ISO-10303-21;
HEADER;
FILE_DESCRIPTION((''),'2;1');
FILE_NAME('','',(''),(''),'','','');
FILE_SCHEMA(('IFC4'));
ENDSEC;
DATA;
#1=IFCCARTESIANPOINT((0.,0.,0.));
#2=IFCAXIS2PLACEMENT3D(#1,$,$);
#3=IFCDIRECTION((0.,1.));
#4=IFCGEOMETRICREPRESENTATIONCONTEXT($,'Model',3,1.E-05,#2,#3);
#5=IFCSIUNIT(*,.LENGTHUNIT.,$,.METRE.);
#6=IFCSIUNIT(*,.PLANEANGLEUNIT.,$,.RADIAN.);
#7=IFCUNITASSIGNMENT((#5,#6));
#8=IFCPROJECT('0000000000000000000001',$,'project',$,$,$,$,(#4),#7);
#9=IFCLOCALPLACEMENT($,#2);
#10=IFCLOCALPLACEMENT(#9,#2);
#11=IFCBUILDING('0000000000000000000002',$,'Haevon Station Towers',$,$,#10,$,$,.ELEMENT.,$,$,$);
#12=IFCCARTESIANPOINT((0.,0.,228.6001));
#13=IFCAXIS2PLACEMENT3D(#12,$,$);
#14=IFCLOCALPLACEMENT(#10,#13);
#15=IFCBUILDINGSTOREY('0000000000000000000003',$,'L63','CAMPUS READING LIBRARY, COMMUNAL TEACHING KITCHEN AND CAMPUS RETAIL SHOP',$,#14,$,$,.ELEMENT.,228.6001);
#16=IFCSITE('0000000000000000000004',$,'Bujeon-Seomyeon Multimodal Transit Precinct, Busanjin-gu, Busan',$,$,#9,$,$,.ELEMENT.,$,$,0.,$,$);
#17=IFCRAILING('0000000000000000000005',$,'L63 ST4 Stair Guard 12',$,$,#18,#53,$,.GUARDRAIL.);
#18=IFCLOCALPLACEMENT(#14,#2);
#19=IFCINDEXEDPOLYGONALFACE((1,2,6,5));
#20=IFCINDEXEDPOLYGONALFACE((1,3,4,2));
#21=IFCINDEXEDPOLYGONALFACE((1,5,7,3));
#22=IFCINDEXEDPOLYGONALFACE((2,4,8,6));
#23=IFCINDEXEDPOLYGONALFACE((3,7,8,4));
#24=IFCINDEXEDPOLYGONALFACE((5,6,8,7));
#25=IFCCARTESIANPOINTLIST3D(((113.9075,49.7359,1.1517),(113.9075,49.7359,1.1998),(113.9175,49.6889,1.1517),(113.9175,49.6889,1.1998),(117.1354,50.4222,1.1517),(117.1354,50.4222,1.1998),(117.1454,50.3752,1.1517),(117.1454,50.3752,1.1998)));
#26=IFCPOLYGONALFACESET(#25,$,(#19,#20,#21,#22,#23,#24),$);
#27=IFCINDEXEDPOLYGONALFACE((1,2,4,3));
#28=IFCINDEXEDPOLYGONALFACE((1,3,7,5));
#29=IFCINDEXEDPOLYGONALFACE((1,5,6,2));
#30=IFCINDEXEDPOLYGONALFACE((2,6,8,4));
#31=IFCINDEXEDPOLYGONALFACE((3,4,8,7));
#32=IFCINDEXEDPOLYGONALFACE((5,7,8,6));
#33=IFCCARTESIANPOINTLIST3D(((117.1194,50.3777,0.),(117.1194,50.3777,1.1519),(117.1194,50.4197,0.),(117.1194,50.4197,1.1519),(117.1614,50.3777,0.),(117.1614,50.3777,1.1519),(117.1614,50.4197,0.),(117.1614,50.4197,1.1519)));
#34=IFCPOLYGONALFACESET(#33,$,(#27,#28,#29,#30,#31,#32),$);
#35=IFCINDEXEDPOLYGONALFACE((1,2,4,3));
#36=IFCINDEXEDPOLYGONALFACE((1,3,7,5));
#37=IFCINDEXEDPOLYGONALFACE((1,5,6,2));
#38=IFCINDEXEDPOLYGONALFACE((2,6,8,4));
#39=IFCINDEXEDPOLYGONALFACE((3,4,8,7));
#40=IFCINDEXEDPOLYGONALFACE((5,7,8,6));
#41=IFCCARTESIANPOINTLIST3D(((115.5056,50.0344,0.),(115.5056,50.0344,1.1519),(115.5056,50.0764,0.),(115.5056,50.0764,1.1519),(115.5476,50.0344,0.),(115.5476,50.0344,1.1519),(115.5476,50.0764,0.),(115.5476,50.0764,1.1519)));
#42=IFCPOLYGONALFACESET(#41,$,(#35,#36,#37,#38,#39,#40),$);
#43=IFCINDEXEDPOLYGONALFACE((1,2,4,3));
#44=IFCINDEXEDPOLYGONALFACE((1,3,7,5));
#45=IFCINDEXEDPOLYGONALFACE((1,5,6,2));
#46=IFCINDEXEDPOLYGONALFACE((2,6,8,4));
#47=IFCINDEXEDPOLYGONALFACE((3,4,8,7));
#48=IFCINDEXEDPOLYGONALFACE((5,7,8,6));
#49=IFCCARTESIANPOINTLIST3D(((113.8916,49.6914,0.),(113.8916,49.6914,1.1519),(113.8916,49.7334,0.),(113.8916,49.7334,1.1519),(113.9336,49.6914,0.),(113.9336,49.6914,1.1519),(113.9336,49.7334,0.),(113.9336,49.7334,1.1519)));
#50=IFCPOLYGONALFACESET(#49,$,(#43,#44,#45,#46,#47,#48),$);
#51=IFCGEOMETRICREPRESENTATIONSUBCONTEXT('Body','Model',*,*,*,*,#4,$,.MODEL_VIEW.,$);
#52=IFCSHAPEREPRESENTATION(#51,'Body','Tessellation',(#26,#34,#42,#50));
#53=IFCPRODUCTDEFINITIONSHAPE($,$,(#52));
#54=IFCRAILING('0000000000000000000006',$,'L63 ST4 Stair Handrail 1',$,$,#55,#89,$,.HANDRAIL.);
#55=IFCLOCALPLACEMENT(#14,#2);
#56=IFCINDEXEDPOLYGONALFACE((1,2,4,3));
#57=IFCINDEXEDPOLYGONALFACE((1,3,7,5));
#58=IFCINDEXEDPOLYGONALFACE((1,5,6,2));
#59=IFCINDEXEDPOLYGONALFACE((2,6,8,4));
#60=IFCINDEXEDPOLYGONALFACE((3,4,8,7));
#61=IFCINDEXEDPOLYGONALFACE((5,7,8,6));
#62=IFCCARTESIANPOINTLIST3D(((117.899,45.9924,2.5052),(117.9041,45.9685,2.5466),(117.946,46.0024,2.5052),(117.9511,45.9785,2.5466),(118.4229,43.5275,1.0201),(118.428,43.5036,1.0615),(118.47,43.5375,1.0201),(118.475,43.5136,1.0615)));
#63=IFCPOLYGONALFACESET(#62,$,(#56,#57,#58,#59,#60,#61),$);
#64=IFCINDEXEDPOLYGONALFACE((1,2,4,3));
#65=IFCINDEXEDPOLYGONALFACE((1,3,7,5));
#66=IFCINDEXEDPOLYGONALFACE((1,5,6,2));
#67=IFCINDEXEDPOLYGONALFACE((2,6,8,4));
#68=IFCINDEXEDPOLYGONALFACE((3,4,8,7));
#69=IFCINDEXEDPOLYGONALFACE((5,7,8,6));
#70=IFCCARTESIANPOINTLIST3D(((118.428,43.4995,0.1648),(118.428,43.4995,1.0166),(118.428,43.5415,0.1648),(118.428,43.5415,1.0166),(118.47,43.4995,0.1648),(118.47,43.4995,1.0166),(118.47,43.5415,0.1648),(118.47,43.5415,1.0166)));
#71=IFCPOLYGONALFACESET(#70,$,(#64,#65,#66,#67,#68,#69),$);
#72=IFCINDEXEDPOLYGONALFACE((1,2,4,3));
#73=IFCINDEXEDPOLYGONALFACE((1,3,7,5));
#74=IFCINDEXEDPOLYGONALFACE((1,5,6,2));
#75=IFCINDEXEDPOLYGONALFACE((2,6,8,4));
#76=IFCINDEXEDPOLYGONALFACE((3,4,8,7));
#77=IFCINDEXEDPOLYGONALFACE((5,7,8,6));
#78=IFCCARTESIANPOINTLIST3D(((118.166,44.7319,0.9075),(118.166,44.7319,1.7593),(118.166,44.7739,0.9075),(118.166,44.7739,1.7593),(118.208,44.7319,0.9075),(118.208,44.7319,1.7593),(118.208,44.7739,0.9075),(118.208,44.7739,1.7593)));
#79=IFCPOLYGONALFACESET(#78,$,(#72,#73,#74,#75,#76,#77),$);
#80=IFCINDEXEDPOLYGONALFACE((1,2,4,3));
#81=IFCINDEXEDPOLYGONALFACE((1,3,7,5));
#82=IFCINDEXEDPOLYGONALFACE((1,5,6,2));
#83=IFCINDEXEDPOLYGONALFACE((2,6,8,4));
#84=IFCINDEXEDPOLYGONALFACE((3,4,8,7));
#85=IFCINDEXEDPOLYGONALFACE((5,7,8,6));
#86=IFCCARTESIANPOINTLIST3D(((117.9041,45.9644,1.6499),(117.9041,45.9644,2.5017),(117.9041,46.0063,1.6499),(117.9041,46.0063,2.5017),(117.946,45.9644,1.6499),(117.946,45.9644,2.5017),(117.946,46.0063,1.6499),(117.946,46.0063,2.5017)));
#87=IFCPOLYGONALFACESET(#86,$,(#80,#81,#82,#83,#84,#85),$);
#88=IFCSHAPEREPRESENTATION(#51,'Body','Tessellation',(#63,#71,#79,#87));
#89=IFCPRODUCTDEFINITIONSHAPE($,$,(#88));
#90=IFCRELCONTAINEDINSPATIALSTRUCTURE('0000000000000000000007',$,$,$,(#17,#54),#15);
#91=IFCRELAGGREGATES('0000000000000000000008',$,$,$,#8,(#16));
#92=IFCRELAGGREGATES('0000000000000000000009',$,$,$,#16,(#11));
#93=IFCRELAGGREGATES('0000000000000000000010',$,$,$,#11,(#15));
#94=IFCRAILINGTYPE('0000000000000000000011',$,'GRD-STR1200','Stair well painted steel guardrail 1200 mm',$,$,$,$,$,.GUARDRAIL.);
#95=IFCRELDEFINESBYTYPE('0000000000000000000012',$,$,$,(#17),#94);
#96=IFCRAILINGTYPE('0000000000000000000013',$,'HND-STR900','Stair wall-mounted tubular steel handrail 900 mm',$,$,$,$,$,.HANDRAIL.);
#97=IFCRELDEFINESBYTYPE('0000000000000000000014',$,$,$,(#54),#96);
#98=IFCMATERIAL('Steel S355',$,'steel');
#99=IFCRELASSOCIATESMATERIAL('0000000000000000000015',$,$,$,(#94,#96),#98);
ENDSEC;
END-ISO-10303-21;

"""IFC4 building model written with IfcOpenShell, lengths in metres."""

from ifc_helpers import new_model, si_unit, direction, frame, origin, origin_2d, place, context, subcontext, project, spatial, rectangle, extrude, material, type_object, element, save


model = new_model("IFC4")

# Units and contexts
model_context = context("Model", 3, precision=1e-05, world=origin(), true_north=direction((0.0, 1.0)))
body_context = subcontext(model_context, "Body", "Model", "MODEL_VIEW")
ifc_project = project(units=[si_unit("LENGTHUNIT", "METRE"), si_unit("PLANEANGLEUNIT", "RADIAN")], contexts=[model_context])

# Site, building, storey
site_placement = place(None, origin())
site = spatial("IfcSite", under=ifc_project, at=site_placement, Name="Bujeon-Seomyeon Multimodal Transit Precinct, Busanjin-gu, Busan", CompositionType="ELEMENT", RefElevation=0.0)
building_placement = place(site_placement, origin())
building = spatial("IfcBuilding", under=site, at=building_placement, Name="Haevon Station Towers", CompositionType="ELEMENT")
storey_placement = place(building_placement, frame((0.0, 0.0, 228.6001)))
storey = spatial("IfcBuildingStorey", under=building, at=storey_placement, Name="L63", Description="CAMPUS READING LIBRARY, COMMUNAL TEACHING KITCHEN AND CAMPUS RETAIL SHOP", CompositionType="ELEMENT", Elevation=228.6001)

# Shared definitions
ifc_material_1 = material(Name="Steel S355", Category="steel")

# Railings
railing_type_1 = type_object("IfcRailingType", Name="GRD-STR1200", Description="Stair well painted steel guardrail 1200 mm", PredefinedType="GUARDRAIL", material=ifc_material_1)
railing_1_placement = place(storey_placement, frame((117.1404, 50.3987, 0.0)))
element("IfcRailing", 1, at=railing_1_placement, inside=storey, type_object=railing_type_1, Name="L63 ST4 Stair Guard 12", PredefinedType="GUARDRAIL", context=body_context, shape_type="SweptSolid", body=[
    extrude(rectangle(XDim=0.0481, YDim=0.0481, at=origin_2d()), frame((0.0, 0.0, 1.1758), z_axis=(-0.978136, -0.207968, 0.0), x_axis=(0.207968, -0.978136, 0.0)), (0.0, 0.0, 1.0), 3.3),
    extrude(rectangle(XDim=0.042, YDim=0.042, at=origin_2d()), origin(), (0.0, 0.0, 1.0), 1.1519),
    extrude(rectangle(XDim=0.042, YDim=0.042, at=origin_2d()), frame((-1.6138, -0.3433, 0.0)), (0.0, 0.0, 1.0), 1.1519),
    extrude(rectangle(XDim=0.042, YDim=0.042, at=origin_2d()), frame((-3.2278, -0.6863, 0.0)), (0.0, 0.0, 1.0), 1.1519),
])
railing_type_2 = type_object("IfcRailingType", Name="HND-STR900", Description="Stair wall-mounted tubular steel handrail 900 mm", PredefinedType="HANDRAIL", material=ifc_material_1)
railing_2_placement = place(storey_placement, frame((118.449, 43.5205, 0.1648)))
element("IfcRailing", 2, at=railing_2_placement, inside=storey, type_object=railing_type_2, Name="L63 ST4 Stair Handrail 1", PredefinedType="HANDRAIL", context=body_context, shape_type="SweptSolid", body=[
    extrude(rectangle(XDim=0.0481, YDim=0.0481, at=origin_2d()), frame((0.0, 0.0, 0.876), z_axis=(-0.179121, 0.842688, 0.507733), x_axis=(-0.978147, -0.207914, 0.0)), (0.0, 0.0, 1.0), 2.925),
    extrude(rectangle(XDim=0.042, YDim=0.042, at=origin_2d()), origin(), (0.0, 0.0, 1.0), 0.8518),
    extrude(rectangle(XDim=0.042, YDim=0.042, at=origin_2d()), frame((-0.262, 1.2324, 0.7427)), (0.0, 0.0, 1.0), 0.8518),
    extrude(rectangle(XDim=0.042, YDim=0.042, at=origin_2d()), frame((-0.5239, 2.4648, 1.4851)), (0.0, 0.0, 1.0), 0.8518),
])

save(model, "model.ifc")
